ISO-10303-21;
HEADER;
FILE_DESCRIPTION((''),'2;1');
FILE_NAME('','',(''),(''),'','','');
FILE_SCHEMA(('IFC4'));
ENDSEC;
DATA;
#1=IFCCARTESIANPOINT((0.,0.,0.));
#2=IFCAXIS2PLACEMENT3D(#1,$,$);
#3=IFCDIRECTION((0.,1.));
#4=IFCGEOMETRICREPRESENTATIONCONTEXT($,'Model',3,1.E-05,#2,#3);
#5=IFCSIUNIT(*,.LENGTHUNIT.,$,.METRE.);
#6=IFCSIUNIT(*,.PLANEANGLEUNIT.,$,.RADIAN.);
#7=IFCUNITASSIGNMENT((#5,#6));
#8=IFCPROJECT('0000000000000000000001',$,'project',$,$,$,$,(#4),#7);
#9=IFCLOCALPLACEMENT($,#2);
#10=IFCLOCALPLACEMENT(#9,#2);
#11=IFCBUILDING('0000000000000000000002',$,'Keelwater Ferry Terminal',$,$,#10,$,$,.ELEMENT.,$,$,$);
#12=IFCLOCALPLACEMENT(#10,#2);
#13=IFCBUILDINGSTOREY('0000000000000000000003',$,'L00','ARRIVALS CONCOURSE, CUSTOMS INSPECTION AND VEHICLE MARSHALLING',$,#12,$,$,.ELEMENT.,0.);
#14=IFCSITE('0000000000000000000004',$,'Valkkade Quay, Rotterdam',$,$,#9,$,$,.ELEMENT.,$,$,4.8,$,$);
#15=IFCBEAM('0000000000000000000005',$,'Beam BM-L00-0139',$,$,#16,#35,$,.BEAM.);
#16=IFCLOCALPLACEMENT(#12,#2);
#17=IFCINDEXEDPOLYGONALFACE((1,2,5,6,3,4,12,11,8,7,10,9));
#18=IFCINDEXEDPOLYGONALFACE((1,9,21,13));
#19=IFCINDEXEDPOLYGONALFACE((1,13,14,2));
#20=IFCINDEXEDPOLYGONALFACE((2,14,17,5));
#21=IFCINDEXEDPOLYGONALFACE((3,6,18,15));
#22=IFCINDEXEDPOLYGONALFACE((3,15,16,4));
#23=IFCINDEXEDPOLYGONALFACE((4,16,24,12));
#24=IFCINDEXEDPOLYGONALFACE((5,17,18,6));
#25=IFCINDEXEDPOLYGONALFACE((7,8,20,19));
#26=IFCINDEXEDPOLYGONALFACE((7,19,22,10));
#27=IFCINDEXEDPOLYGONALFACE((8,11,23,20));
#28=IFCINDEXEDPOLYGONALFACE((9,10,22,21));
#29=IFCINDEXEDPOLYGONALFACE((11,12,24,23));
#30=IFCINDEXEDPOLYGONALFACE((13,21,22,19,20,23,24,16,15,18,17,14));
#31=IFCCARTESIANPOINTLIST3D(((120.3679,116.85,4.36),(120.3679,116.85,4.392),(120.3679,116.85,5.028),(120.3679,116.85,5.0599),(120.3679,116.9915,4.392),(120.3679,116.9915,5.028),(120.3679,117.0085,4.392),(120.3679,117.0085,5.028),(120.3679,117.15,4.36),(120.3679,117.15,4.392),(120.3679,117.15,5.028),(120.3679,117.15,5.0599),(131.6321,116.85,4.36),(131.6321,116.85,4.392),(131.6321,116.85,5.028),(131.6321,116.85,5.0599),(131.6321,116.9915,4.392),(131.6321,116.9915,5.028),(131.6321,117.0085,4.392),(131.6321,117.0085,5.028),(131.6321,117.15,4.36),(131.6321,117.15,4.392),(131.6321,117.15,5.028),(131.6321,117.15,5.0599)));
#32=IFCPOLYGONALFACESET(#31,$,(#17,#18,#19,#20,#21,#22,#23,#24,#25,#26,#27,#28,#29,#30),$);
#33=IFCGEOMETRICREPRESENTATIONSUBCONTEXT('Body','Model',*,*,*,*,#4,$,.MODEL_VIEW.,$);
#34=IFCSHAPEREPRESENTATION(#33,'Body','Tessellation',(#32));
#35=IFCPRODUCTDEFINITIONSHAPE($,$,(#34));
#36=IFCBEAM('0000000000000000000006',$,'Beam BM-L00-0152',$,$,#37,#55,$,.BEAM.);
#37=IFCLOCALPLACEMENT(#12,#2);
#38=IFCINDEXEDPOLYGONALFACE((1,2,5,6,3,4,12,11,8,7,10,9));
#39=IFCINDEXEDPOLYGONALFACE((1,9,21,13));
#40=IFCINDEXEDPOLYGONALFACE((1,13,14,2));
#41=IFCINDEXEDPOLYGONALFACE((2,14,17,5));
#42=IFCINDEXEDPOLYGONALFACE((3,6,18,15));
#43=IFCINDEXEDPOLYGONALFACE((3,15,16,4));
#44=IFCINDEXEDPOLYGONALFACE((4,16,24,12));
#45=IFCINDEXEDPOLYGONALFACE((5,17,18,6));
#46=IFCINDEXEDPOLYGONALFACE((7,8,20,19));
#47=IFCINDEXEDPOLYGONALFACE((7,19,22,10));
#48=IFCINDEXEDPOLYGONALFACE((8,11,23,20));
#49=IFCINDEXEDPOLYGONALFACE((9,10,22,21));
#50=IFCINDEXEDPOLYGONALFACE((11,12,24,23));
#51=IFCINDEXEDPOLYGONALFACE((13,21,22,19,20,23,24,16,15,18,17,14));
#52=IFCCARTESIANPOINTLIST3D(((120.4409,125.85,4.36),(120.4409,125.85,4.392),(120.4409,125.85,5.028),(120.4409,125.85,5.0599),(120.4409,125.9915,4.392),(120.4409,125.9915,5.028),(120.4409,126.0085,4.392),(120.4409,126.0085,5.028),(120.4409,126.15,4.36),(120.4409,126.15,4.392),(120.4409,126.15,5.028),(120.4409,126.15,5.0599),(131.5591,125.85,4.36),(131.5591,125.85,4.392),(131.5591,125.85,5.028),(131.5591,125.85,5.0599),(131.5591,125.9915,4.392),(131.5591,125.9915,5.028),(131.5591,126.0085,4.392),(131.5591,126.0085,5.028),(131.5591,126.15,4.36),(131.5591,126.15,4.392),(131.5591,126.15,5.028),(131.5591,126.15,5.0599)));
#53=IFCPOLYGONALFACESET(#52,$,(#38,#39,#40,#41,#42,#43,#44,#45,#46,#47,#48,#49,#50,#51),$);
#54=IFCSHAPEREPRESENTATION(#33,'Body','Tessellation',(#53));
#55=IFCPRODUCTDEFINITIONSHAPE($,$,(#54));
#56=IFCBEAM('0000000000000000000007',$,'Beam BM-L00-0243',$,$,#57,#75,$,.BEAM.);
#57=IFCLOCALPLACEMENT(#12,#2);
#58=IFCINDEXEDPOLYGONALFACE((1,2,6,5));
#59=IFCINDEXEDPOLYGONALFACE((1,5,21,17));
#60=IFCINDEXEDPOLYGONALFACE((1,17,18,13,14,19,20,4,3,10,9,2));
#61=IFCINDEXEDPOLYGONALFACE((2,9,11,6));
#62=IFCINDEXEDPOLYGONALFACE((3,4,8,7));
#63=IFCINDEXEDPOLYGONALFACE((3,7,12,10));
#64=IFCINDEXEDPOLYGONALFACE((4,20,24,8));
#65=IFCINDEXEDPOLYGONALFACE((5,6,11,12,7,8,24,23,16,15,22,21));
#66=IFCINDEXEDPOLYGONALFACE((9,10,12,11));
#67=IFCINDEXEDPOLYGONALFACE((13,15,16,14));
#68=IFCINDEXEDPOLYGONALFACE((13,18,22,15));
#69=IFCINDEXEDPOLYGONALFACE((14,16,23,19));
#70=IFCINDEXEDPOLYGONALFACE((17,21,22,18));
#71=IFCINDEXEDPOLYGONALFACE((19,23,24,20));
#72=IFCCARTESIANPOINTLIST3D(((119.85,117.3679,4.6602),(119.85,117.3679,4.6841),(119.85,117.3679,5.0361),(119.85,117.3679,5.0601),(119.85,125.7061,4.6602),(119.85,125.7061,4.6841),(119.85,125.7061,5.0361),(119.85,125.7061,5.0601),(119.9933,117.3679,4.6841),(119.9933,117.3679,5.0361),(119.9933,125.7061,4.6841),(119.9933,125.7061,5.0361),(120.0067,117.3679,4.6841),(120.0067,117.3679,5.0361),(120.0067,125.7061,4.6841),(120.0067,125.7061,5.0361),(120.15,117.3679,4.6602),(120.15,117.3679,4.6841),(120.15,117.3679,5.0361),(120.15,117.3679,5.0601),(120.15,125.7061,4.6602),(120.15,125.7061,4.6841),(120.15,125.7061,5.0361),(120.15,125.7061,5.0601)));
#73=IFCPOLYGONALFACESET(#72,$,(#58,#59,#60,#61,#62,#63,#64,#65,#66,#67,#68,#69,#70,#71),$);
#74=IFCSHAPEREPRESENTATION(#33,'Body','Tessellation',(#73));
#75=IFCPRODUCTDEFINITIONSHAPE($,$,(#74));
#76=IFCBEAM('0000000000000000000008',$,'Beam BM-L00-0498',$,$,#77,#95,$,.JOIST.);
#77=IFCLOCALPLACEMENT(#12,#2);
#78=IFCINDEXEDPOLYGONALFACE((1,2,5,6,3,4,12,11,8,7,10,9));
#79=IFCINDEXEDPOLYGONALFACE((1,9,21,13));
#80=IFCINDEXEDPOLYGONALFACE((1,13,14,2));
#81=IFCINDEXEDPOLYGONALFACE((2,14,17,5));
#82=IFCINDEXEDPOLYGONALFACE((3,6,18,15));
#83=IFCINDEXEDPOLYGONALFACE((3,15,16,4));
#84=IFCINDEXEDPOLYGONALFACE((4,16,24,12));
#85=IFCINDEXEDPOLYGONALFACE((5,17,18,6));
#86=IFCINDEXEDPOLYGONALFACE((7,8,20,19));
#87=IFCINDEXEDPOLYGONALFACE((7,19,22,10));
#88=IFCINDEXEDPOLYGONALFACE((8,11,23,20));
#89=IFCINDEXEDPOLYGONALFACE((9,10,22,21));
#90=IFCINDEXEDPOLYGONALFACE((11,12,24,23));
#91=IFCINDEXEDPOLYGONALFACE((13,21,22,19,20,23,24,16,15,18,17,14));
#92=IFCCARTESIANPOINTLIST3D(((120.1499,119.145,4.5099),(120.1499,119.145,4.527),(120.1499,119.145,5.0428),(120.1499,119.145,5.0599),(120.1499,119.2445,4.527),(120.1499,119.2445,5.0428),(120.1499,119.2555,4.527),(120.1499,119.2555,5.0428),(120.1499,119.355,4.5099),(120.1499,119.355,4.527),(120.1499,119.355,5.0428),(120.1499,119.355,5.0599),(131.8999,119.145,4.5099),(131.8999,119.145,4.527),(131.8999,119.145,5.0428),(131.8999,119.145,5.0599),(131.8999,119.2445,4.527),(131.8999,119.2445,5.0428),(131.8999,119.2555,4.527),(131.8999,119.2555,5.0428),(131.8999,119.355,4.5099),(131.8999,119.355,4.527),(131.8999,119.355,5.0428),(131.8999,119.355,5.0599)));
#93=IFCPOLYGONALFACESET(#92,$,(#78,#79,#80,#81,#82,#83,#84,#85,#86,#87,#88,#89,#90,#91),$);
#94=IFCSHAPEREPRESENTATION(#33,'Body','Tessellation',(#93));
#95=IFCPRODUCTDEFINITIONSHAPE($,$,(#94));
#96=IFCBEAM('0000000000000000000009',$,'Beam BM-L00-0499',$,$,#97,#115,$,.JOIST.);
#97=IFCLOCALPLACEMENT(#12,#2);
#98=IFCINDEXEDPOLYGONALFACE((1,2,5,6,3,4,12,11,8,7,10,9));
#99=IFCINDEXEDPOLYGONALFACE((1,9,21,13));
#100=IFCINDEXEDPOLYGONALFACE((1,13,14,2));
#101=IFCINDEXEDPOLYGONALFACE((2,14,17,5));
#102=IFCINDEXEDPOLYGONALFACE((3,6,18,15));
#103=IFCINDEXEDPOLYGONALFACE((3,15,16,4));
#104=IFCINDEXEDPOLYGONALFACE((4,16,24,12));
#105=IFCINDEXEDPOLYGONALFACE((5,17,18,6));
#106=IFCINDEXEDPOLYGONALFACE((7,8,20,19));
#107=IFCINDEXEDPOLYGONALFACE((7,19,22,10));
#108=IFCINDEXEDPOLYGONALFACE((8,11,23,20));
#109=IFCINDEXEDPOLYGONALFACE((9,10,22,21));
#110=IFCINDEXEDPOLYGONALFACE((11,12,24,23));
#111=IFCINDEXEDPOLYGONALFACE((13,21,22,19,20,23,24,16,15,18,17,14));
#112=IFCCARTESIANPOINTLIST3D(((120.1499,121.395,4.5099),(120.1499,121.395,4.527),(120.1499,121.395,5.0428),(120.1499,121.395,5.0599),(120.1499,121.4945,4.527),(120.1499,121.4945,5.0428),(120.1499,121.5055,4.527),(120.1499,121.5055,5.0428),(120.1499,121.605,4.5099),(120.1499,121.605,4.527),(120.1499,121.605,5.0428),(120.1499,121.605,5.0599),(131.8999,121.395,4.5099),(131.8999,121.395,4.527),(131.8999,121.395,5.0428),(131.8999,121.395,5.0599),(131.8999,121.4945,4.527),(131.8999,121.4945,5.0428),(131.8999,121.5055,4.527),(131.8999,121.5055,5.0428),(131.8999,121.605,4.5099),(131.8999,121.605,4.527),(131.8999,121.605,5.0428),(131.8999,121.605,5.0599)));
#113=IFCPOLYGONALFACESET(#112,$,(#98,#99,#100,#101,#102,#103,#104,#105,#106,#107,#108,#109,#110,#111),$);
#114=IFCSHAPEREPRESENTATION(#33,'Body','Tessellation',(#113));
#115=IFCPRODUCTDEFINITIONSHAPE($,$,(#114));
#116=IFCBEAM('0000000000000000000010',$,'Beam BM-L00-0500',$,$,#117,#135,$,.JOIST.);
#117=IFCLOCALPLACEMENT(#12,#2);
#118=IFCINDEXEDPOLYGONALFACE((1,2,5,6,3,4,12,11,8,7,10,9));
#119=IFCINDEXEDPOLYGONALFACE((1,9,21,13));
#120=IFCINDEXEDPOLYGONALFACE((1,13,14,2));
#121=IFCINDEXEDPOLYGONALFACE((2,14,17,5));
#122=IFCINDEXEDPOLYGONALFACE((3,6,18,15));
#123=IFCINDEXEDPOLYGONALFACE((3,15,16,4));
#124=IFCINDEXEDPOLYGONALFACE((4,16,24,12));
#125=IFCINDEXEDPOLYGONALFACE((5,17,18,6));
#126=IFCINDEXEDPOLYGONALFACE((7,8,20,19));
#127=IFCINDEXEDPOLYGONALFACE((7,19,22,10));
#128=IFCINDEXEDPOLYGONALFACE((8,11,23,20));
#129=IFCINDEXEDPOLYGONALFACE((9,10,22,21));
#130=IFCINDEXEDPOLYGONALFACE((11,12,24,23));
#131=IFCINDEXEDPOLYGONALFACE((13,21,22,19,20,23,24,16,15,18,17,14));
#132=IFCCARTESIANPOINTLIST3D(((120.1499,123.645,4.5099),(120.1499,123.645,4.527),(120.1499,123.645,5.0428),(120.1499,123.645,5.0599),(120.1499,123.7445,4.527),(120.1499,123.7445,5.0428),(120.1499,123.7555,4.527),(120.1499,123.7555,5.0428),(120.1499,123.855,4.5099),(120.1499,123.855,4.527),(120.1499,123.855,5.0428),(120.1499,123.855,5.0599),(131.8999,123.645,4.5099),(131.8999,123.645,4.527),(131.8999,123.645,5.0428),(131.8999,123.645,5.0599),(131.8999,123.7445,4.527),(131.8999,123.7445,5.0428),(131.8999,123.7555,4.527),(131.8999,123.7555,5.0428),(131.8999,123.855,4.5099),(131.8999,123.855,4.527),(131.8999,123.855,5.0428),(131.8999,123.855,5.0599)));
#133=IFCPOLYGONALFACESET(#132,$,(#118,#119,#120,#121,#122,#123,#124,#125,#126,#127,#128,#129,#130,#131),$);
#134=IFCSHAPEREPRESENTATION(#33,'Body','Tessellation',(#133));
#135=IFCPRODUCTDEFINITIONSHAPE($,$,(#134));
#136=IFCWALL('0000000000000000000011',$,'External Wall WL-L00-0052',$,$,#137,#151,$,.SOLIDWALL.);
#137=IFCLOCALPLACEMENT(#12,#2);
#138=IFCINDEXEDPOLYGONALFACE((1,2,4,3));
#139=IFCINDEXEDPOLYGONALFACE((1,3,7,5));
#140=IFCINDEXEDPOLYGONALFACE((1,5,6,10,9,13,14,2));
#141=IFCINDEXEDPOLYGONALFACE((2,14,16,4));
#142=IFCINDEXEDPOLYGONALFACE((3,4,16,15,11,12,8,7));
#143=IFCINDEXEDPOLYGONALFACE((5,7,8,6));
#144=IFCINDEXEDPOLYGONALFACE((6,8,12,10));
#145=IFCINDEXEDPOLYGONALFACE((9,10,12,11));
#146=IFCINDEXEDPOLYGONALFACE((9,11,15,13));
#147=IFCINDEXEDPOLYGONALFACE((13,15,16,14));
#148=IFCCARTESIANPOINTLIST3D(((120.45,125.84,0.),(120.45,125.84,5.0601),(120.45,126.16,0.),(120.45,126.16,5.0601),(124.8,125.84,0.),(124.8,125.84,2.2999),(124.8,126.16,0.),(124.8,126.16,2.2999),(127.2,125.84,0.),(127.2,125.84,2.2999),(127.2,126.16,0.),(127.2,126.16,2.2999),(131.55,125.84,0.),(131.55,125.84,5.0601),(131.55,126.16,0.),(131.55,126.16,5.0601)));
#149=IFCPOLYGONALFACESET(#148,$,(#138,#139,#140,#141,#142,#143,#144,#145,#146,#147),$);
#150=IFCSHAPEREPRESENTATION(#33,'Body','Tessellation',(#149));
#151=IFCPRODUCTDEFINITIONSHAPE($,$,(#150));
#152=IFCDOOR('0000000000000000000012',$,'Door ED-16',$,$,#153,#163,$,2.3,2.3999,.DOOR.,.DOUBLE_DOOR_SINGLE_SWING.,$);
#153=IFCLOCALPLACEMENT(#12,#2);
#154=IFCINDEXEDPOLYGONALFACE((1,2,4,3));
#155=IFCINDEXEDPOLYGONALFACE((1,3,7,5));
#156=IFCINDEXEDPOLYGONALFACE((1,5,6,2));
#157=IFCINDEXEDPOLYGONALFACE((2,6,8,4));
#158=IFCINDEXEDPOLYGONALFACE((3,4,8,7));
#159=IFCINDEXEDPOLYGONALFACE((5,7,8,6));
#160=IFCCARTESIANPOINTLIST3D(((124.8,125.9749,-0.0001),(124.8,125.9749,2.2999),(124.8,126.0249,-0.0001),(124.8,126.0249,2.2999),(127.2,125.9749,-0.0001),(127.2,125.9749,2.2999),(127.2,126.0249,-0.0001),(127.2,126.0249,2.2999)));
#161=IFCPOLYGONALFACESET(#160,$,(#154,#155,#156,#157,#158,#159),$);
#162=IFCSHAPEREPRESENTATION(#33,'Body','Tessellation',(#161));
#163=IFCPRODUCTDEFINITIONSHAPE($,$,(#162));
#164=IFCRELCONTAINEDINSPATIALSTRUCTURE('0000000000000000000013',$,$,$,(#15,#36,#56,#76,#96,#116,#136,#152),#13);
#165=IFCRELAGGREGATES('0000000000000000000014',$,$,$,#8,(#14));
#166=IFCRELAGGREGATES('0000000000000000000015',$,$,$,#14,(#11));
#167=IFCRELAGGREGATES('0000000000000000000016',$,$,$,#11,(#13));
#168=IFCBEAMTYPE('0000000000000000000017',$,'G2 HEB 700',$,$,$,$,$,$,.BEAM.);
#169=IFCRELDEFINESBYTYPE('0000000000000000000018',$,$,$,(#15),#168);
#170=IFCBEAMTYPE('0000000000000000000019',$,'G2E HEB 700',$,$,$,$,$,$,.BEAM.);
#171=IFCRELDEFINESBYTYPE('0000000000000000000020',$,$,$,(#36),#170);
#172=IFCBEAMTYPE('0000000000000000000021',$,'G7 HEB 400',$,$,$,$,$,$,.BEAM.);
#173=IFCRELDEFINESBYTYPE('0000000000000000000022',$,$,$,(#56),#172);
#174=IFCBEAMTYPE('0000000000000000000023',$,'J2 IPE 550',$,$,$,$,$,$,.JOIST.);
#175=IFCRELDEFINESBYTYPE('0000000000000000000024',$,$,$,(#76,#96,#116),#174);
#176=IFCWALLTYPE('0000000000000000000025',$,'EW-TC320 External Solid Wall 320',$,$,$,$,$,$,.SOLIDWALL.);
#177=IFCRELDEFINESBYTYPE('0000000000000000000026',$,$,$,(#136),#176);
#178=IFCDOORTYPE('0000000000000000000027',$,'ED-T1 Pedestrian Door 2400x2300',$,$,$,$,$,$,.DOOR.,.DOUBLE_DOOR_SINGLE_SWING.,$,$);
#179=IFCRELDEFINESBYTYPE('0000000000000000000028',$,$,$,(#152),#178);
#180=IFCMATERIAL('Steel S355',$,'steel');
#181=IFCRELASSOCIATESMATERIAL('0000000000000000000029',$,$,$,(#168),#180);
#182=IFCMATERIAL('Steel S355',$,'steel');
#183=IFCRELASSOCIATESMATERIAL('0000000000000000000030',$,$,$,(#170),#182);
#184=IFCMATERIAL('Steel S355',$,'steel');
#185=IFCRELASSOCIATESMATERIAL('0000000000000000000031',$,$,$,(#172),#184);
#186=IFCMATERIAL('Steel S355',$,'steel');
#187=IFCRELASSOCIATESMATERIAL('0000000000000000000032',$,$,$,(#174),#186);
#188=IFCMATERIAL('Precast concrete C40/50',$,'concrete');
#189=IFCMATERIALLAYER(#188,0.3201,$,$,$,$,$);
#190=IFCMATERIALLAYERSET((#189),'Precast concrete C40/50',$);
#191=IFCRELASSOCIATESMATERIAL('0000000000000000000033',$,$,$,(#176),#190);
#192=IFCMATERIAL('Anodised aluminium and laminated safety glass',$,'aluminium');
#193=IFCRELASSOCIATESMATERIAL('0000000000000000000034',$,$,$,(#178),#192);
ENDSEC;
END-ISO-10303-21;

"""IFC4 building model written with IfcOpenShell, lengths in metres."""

from ifc_helpers import new_model, si_unit, direction, frame, frame_2d, origin, origin_2d, place, context, subcontext, project, spatial, rectangle, i_section, extrude, material, layer, layer_set, material_profile, profile_set, type_object, element, fill, save


model = new_model("IFC4")

# Units and contexts
model_context = context("Model", 3, precision=1e-05, world=origin(), true_north=direction((0.0, 1.0)))
body_context = subcontext(model_context, "Body", "Model", "MODEL_VIEW")
ifc_project = project(units=[si_unit("LENGTHUNIT", "METRE"), si_unit("PLANEANGLEUNIT", "RADIAN")], contexts=[model_context])

# Site, building, storey
site_placement = place(None, origin())
site = spatial("IfcSite", under=ifc_project, at=site_placement, Name="Valkkade Quay, Rotterdam", CompositionType="ELEMENT", RefElevation=4.8)
building_placement = place(site_placement, origin())
building = spatial("IfcBuilding", under=site, at=building_placement, Name="Keelwater Ferry Terminal", CompositionType="ELEMENT")
storey_placement = place(building_placement, origin())
storey = spatial("IfcBuildingStorey", under=building, at=storey_placement, Name="L00", Description="ARRIVALS CONCOURSE, CUSTOMS INSPECTION AND VEHICLE MARSHALLING", CompositionType="ELEMENT", Elevation=0.0)

# Beams
ifc_material_1 = material(Name="Steel S355", Category="steel")
ifc_material_profile_1 = material_profile(ifc_material_1, i_section(OverallWidth=0.3, OverallDepth=0.7, WebThickness=0.0171, FlangeThickness=0.032, at=origin_2d()), Name="HEB 700")
ifc_profile_set_1 = profile_set([ifc_material_profile_1], Name="Steel S355")
beam_type_1 = type_object("IfcBeamType", Name="G2 HEB 700", PredefinedType="BEAM", material=ifc_profile_set_1)
beam_1_placement = place(storey_placement, frame((120.3679, 117.0, 4.71), z_axis=(1.0, 0.0, 0.0), x_axis=(0.0, 1.0, 0.0)))
element("IfcBeam", 1, at=beam_1_placement, inside=storey, type_object=beam_type_1, Name="Beam BM-L00-0139", PredefinedType="BEAM", context=body_context, shape_type="SweptSolid", body=[
    extrude(i_section(OverallWidth=0.3, OverallDepth=0.7, WebThickness=0.0171, FlangeThickness=0.032, at=origin_2d()), origin(), (0.0, 0.0, 1.0), 11.2642),
])
ifc_material_2 = material(Name="Steel S355", Category="steel")
ifc_material_profile_2 = material_profile(ifc_material_2, i_section(OverallWidth=0.3, OverallDepth=0.7, WebThickness=0.0171, FlangeThickness=0.032, at=origin_2d()), Name="HEB 700")
ifc_profile_set_2 = profile_set([ifc_material_profile_2], Name="Steel S355")
beam_type_2 = type_object("IfcBeamType", Name="G2E HEB 700", PredefinedType="BEAM", material=ifc_profile_set_2)
beam_2_placement = place(storey_placement, frame((120.4409, 126.0, 4.71), z_axis=(1.0, 0.0, 0.0), x_axis=(0.0, 1.0, 0.0)))
element("IfcBeam", 2, at=beam_2_placement, inside=storey, type_object=beam_type_2, Name="Beam BM-L00-0152", PredefinedType="BEAM", context=body_context, shape_type="SweptSolid", body=[
    extrude(i_section(OverallWidth=0.3, OverallDepth=0.7, WebThickness=0.0171, FlangeThickness=0.032, at=origin_2d()), origin(), (0.0, 0.0, 1.0), 11.1182),
])
ifc_material_3 = material(Name="Steel S355", Category="steel")
ifc_material_profile_3 = material_profile(ifc_material_3, i_section(OverallWidth=0.3, OverallDepth=0.3999, WebThickness=0.0134, FlangeThickness=0.0239, at=origin_2d()), Name="HEB 400")
ifc_profile_set_3 = profile_set([ifc_material_profile_3], Name="Steel S355")
beam_type_3 = type_object("IfcBeamType", Name="G7 HEB 400", PredefinedType="BEAM", material=ifc_profile_set_3)
beam_3_placement = place(storey_placement, frame((120.0, 117.3679, 4.8601), z_axis=(0.0, 1.0, 0.0), x_axis=(-1.0, 0.0, 0.0)))
element("IfcBeam", 3, at=beam_3_placement, inside=storey, type_object=beam_type_3, Name="Beam BM-L00-0243", PredefinedType="BEAM", context=body_context, shape_type="SweptSolid", body=[
    extrude(i_section(OverallWidth=0.3, OverallDepth=0.3999, WebThickness=0.0134, FlangeThickness=0.0239, at=origin_2d()), origin(), (0.0, 0.0, 1.0), 8.3381),
])
ifc_material_4 = material(Name="Steel S355", Category="steel")
ifc_material_profile_4 = material_profile(ifc_material_4, i_section(OverallWidth=0.21, OverallDepth=0.55, WebThickness=0.011, FlangeThickness=0.0171, at=origin_2d()), Name="IPE 550")
ifc_profile_set_4 = profile_set([ifc_material_profile_4], Name="Steel S355")
beam_type_4 = type_object("IfcBeamType", Name="J2 IPE 550", PredefinedType="JOIST", material=ifc_profile_set_4)
for number, where, z_axis, x_axis, name in (
    (4, (120.1499, 119.25, 4.7849), (1.0, 0.0, 0.0), (0.0, 1.0, 0.0), "Beam BM-L00-0498"),
    (5, (120.1499, 121.5, 4.7849), (1.0, 0.0, 0.0), (0.0, 1.0, 0.0), "Beam BM-L00-0499"),
    (6, (120.1499, 123.75, 4.7849), (1.0, 0.0, 0.0), (0.0, 1.0, 0.0), "Beam BM-L00-0500"),
):
    element("IfcBeam", number, at=place(storey_placement, frame(where, z_axis=z_axis, x_axis=x_axis)), inside=storey, type_object=beam_type_4, Name=name, PredefinedType="JOIST", context=body_context, shape_type="SweptSolid", body=[
        extrude(i_section(OverallWidth=0.21, OverallDepth=0.55, WebThickness=0.011, FlangeThickness=0.0171, at=origin_2d()), origin(), (0.0, 0.0, 1.0), 11.75),
    ])

# Wall, opening, door
ifc_material_5 = material(Name="Precast concrete C40/50", Category="concrete")
ifc_layer = layer(ifc_material_5, 0.3201)
ifc_layer_set = layer_set([ifc_layer], Name="Precast concrete C40/50")
wall_type = type_object("IfcWallType", Name="EW-TC320 External Solid Wall 320", PredefinedType="SOLIDWALL", material=ifc_layer_set)
wall_placement = place(storey_placement, frame((120.45, 126.0, 0.0), z_axis=(0.0, 0.0, 1.0), x_axis=(1.0, 0.0, 0.0)))
wall = element("IfcWall", 7, at=wall_placement, inside=storey, type_object=wall_type, Name="External Wall WL-L00-0052", PredefinedType="SOLIDWALL", context=body_context, shape_type="SweptSolid", body=[
    extrude(rectangle(XDim=11.1001, YDim=0.3201, at=frame_2d((5.55, 0.0))), origin(), (0.0, 0.0, 1.0), 5.0601),
])
opening_placement = place(wall_placement, frame((4.3501, 0.0, 0.0)))
opening = element("IfcOpeningElement", 8, at=opening_placement, cuts=wall, PredefinedType="OPENING", context=body_context, shape_type="SweptSolid", body=[
    extrude(rectangle(XDim=2.3999, YDim=2.3, at=frame_2d((1.2, 1.1499))), frame((0.0, 0.1702, 0.0), z_axis=(0.0, -1.0, 0.0), x_axis=(1.0, 0.0, 0.0)), (0.0, 0.0, 1.0), 0.3401),
])
ifc_material_6 = material(Name="Anodised aluminium and laminated safety glass", Category="aluminium")
door_type = type_object("IfcDoorType", Name="ED-T1 Pedestrian Door 2400x2300", OperationType="DOUBLE_DOOR_SINGLE_SWING", PredefinedType="DOOR", material=ifc_material_6)
door_placement = place(opening_placement, origin())
door = element("IfcDoor", 9, at=door_placement, inside=storey, type_object=door_type, Name="Door ED-16", OperationType="DOUBLE_DOOR_SINGLE_SWING", OverallHeight=2.3, OverallWidth=2.3999, PredefinedType="DOOR", context=body_context, shape_type="SweptSolid", body=[
    extrude(rectangle(XDim=2.3999, YDim=2.3, at=frame_2d((1.2, 1.1499))), frame((0.0, 0.0249, 0.0), z_axis=(0.0, -1.0, 0.0), x_axis=(1.0, 0.0, 0.0)), (0.0, 0.0, 1.0), 0.05),
])
fill(opening, door)

save(model, "model.ifc")
